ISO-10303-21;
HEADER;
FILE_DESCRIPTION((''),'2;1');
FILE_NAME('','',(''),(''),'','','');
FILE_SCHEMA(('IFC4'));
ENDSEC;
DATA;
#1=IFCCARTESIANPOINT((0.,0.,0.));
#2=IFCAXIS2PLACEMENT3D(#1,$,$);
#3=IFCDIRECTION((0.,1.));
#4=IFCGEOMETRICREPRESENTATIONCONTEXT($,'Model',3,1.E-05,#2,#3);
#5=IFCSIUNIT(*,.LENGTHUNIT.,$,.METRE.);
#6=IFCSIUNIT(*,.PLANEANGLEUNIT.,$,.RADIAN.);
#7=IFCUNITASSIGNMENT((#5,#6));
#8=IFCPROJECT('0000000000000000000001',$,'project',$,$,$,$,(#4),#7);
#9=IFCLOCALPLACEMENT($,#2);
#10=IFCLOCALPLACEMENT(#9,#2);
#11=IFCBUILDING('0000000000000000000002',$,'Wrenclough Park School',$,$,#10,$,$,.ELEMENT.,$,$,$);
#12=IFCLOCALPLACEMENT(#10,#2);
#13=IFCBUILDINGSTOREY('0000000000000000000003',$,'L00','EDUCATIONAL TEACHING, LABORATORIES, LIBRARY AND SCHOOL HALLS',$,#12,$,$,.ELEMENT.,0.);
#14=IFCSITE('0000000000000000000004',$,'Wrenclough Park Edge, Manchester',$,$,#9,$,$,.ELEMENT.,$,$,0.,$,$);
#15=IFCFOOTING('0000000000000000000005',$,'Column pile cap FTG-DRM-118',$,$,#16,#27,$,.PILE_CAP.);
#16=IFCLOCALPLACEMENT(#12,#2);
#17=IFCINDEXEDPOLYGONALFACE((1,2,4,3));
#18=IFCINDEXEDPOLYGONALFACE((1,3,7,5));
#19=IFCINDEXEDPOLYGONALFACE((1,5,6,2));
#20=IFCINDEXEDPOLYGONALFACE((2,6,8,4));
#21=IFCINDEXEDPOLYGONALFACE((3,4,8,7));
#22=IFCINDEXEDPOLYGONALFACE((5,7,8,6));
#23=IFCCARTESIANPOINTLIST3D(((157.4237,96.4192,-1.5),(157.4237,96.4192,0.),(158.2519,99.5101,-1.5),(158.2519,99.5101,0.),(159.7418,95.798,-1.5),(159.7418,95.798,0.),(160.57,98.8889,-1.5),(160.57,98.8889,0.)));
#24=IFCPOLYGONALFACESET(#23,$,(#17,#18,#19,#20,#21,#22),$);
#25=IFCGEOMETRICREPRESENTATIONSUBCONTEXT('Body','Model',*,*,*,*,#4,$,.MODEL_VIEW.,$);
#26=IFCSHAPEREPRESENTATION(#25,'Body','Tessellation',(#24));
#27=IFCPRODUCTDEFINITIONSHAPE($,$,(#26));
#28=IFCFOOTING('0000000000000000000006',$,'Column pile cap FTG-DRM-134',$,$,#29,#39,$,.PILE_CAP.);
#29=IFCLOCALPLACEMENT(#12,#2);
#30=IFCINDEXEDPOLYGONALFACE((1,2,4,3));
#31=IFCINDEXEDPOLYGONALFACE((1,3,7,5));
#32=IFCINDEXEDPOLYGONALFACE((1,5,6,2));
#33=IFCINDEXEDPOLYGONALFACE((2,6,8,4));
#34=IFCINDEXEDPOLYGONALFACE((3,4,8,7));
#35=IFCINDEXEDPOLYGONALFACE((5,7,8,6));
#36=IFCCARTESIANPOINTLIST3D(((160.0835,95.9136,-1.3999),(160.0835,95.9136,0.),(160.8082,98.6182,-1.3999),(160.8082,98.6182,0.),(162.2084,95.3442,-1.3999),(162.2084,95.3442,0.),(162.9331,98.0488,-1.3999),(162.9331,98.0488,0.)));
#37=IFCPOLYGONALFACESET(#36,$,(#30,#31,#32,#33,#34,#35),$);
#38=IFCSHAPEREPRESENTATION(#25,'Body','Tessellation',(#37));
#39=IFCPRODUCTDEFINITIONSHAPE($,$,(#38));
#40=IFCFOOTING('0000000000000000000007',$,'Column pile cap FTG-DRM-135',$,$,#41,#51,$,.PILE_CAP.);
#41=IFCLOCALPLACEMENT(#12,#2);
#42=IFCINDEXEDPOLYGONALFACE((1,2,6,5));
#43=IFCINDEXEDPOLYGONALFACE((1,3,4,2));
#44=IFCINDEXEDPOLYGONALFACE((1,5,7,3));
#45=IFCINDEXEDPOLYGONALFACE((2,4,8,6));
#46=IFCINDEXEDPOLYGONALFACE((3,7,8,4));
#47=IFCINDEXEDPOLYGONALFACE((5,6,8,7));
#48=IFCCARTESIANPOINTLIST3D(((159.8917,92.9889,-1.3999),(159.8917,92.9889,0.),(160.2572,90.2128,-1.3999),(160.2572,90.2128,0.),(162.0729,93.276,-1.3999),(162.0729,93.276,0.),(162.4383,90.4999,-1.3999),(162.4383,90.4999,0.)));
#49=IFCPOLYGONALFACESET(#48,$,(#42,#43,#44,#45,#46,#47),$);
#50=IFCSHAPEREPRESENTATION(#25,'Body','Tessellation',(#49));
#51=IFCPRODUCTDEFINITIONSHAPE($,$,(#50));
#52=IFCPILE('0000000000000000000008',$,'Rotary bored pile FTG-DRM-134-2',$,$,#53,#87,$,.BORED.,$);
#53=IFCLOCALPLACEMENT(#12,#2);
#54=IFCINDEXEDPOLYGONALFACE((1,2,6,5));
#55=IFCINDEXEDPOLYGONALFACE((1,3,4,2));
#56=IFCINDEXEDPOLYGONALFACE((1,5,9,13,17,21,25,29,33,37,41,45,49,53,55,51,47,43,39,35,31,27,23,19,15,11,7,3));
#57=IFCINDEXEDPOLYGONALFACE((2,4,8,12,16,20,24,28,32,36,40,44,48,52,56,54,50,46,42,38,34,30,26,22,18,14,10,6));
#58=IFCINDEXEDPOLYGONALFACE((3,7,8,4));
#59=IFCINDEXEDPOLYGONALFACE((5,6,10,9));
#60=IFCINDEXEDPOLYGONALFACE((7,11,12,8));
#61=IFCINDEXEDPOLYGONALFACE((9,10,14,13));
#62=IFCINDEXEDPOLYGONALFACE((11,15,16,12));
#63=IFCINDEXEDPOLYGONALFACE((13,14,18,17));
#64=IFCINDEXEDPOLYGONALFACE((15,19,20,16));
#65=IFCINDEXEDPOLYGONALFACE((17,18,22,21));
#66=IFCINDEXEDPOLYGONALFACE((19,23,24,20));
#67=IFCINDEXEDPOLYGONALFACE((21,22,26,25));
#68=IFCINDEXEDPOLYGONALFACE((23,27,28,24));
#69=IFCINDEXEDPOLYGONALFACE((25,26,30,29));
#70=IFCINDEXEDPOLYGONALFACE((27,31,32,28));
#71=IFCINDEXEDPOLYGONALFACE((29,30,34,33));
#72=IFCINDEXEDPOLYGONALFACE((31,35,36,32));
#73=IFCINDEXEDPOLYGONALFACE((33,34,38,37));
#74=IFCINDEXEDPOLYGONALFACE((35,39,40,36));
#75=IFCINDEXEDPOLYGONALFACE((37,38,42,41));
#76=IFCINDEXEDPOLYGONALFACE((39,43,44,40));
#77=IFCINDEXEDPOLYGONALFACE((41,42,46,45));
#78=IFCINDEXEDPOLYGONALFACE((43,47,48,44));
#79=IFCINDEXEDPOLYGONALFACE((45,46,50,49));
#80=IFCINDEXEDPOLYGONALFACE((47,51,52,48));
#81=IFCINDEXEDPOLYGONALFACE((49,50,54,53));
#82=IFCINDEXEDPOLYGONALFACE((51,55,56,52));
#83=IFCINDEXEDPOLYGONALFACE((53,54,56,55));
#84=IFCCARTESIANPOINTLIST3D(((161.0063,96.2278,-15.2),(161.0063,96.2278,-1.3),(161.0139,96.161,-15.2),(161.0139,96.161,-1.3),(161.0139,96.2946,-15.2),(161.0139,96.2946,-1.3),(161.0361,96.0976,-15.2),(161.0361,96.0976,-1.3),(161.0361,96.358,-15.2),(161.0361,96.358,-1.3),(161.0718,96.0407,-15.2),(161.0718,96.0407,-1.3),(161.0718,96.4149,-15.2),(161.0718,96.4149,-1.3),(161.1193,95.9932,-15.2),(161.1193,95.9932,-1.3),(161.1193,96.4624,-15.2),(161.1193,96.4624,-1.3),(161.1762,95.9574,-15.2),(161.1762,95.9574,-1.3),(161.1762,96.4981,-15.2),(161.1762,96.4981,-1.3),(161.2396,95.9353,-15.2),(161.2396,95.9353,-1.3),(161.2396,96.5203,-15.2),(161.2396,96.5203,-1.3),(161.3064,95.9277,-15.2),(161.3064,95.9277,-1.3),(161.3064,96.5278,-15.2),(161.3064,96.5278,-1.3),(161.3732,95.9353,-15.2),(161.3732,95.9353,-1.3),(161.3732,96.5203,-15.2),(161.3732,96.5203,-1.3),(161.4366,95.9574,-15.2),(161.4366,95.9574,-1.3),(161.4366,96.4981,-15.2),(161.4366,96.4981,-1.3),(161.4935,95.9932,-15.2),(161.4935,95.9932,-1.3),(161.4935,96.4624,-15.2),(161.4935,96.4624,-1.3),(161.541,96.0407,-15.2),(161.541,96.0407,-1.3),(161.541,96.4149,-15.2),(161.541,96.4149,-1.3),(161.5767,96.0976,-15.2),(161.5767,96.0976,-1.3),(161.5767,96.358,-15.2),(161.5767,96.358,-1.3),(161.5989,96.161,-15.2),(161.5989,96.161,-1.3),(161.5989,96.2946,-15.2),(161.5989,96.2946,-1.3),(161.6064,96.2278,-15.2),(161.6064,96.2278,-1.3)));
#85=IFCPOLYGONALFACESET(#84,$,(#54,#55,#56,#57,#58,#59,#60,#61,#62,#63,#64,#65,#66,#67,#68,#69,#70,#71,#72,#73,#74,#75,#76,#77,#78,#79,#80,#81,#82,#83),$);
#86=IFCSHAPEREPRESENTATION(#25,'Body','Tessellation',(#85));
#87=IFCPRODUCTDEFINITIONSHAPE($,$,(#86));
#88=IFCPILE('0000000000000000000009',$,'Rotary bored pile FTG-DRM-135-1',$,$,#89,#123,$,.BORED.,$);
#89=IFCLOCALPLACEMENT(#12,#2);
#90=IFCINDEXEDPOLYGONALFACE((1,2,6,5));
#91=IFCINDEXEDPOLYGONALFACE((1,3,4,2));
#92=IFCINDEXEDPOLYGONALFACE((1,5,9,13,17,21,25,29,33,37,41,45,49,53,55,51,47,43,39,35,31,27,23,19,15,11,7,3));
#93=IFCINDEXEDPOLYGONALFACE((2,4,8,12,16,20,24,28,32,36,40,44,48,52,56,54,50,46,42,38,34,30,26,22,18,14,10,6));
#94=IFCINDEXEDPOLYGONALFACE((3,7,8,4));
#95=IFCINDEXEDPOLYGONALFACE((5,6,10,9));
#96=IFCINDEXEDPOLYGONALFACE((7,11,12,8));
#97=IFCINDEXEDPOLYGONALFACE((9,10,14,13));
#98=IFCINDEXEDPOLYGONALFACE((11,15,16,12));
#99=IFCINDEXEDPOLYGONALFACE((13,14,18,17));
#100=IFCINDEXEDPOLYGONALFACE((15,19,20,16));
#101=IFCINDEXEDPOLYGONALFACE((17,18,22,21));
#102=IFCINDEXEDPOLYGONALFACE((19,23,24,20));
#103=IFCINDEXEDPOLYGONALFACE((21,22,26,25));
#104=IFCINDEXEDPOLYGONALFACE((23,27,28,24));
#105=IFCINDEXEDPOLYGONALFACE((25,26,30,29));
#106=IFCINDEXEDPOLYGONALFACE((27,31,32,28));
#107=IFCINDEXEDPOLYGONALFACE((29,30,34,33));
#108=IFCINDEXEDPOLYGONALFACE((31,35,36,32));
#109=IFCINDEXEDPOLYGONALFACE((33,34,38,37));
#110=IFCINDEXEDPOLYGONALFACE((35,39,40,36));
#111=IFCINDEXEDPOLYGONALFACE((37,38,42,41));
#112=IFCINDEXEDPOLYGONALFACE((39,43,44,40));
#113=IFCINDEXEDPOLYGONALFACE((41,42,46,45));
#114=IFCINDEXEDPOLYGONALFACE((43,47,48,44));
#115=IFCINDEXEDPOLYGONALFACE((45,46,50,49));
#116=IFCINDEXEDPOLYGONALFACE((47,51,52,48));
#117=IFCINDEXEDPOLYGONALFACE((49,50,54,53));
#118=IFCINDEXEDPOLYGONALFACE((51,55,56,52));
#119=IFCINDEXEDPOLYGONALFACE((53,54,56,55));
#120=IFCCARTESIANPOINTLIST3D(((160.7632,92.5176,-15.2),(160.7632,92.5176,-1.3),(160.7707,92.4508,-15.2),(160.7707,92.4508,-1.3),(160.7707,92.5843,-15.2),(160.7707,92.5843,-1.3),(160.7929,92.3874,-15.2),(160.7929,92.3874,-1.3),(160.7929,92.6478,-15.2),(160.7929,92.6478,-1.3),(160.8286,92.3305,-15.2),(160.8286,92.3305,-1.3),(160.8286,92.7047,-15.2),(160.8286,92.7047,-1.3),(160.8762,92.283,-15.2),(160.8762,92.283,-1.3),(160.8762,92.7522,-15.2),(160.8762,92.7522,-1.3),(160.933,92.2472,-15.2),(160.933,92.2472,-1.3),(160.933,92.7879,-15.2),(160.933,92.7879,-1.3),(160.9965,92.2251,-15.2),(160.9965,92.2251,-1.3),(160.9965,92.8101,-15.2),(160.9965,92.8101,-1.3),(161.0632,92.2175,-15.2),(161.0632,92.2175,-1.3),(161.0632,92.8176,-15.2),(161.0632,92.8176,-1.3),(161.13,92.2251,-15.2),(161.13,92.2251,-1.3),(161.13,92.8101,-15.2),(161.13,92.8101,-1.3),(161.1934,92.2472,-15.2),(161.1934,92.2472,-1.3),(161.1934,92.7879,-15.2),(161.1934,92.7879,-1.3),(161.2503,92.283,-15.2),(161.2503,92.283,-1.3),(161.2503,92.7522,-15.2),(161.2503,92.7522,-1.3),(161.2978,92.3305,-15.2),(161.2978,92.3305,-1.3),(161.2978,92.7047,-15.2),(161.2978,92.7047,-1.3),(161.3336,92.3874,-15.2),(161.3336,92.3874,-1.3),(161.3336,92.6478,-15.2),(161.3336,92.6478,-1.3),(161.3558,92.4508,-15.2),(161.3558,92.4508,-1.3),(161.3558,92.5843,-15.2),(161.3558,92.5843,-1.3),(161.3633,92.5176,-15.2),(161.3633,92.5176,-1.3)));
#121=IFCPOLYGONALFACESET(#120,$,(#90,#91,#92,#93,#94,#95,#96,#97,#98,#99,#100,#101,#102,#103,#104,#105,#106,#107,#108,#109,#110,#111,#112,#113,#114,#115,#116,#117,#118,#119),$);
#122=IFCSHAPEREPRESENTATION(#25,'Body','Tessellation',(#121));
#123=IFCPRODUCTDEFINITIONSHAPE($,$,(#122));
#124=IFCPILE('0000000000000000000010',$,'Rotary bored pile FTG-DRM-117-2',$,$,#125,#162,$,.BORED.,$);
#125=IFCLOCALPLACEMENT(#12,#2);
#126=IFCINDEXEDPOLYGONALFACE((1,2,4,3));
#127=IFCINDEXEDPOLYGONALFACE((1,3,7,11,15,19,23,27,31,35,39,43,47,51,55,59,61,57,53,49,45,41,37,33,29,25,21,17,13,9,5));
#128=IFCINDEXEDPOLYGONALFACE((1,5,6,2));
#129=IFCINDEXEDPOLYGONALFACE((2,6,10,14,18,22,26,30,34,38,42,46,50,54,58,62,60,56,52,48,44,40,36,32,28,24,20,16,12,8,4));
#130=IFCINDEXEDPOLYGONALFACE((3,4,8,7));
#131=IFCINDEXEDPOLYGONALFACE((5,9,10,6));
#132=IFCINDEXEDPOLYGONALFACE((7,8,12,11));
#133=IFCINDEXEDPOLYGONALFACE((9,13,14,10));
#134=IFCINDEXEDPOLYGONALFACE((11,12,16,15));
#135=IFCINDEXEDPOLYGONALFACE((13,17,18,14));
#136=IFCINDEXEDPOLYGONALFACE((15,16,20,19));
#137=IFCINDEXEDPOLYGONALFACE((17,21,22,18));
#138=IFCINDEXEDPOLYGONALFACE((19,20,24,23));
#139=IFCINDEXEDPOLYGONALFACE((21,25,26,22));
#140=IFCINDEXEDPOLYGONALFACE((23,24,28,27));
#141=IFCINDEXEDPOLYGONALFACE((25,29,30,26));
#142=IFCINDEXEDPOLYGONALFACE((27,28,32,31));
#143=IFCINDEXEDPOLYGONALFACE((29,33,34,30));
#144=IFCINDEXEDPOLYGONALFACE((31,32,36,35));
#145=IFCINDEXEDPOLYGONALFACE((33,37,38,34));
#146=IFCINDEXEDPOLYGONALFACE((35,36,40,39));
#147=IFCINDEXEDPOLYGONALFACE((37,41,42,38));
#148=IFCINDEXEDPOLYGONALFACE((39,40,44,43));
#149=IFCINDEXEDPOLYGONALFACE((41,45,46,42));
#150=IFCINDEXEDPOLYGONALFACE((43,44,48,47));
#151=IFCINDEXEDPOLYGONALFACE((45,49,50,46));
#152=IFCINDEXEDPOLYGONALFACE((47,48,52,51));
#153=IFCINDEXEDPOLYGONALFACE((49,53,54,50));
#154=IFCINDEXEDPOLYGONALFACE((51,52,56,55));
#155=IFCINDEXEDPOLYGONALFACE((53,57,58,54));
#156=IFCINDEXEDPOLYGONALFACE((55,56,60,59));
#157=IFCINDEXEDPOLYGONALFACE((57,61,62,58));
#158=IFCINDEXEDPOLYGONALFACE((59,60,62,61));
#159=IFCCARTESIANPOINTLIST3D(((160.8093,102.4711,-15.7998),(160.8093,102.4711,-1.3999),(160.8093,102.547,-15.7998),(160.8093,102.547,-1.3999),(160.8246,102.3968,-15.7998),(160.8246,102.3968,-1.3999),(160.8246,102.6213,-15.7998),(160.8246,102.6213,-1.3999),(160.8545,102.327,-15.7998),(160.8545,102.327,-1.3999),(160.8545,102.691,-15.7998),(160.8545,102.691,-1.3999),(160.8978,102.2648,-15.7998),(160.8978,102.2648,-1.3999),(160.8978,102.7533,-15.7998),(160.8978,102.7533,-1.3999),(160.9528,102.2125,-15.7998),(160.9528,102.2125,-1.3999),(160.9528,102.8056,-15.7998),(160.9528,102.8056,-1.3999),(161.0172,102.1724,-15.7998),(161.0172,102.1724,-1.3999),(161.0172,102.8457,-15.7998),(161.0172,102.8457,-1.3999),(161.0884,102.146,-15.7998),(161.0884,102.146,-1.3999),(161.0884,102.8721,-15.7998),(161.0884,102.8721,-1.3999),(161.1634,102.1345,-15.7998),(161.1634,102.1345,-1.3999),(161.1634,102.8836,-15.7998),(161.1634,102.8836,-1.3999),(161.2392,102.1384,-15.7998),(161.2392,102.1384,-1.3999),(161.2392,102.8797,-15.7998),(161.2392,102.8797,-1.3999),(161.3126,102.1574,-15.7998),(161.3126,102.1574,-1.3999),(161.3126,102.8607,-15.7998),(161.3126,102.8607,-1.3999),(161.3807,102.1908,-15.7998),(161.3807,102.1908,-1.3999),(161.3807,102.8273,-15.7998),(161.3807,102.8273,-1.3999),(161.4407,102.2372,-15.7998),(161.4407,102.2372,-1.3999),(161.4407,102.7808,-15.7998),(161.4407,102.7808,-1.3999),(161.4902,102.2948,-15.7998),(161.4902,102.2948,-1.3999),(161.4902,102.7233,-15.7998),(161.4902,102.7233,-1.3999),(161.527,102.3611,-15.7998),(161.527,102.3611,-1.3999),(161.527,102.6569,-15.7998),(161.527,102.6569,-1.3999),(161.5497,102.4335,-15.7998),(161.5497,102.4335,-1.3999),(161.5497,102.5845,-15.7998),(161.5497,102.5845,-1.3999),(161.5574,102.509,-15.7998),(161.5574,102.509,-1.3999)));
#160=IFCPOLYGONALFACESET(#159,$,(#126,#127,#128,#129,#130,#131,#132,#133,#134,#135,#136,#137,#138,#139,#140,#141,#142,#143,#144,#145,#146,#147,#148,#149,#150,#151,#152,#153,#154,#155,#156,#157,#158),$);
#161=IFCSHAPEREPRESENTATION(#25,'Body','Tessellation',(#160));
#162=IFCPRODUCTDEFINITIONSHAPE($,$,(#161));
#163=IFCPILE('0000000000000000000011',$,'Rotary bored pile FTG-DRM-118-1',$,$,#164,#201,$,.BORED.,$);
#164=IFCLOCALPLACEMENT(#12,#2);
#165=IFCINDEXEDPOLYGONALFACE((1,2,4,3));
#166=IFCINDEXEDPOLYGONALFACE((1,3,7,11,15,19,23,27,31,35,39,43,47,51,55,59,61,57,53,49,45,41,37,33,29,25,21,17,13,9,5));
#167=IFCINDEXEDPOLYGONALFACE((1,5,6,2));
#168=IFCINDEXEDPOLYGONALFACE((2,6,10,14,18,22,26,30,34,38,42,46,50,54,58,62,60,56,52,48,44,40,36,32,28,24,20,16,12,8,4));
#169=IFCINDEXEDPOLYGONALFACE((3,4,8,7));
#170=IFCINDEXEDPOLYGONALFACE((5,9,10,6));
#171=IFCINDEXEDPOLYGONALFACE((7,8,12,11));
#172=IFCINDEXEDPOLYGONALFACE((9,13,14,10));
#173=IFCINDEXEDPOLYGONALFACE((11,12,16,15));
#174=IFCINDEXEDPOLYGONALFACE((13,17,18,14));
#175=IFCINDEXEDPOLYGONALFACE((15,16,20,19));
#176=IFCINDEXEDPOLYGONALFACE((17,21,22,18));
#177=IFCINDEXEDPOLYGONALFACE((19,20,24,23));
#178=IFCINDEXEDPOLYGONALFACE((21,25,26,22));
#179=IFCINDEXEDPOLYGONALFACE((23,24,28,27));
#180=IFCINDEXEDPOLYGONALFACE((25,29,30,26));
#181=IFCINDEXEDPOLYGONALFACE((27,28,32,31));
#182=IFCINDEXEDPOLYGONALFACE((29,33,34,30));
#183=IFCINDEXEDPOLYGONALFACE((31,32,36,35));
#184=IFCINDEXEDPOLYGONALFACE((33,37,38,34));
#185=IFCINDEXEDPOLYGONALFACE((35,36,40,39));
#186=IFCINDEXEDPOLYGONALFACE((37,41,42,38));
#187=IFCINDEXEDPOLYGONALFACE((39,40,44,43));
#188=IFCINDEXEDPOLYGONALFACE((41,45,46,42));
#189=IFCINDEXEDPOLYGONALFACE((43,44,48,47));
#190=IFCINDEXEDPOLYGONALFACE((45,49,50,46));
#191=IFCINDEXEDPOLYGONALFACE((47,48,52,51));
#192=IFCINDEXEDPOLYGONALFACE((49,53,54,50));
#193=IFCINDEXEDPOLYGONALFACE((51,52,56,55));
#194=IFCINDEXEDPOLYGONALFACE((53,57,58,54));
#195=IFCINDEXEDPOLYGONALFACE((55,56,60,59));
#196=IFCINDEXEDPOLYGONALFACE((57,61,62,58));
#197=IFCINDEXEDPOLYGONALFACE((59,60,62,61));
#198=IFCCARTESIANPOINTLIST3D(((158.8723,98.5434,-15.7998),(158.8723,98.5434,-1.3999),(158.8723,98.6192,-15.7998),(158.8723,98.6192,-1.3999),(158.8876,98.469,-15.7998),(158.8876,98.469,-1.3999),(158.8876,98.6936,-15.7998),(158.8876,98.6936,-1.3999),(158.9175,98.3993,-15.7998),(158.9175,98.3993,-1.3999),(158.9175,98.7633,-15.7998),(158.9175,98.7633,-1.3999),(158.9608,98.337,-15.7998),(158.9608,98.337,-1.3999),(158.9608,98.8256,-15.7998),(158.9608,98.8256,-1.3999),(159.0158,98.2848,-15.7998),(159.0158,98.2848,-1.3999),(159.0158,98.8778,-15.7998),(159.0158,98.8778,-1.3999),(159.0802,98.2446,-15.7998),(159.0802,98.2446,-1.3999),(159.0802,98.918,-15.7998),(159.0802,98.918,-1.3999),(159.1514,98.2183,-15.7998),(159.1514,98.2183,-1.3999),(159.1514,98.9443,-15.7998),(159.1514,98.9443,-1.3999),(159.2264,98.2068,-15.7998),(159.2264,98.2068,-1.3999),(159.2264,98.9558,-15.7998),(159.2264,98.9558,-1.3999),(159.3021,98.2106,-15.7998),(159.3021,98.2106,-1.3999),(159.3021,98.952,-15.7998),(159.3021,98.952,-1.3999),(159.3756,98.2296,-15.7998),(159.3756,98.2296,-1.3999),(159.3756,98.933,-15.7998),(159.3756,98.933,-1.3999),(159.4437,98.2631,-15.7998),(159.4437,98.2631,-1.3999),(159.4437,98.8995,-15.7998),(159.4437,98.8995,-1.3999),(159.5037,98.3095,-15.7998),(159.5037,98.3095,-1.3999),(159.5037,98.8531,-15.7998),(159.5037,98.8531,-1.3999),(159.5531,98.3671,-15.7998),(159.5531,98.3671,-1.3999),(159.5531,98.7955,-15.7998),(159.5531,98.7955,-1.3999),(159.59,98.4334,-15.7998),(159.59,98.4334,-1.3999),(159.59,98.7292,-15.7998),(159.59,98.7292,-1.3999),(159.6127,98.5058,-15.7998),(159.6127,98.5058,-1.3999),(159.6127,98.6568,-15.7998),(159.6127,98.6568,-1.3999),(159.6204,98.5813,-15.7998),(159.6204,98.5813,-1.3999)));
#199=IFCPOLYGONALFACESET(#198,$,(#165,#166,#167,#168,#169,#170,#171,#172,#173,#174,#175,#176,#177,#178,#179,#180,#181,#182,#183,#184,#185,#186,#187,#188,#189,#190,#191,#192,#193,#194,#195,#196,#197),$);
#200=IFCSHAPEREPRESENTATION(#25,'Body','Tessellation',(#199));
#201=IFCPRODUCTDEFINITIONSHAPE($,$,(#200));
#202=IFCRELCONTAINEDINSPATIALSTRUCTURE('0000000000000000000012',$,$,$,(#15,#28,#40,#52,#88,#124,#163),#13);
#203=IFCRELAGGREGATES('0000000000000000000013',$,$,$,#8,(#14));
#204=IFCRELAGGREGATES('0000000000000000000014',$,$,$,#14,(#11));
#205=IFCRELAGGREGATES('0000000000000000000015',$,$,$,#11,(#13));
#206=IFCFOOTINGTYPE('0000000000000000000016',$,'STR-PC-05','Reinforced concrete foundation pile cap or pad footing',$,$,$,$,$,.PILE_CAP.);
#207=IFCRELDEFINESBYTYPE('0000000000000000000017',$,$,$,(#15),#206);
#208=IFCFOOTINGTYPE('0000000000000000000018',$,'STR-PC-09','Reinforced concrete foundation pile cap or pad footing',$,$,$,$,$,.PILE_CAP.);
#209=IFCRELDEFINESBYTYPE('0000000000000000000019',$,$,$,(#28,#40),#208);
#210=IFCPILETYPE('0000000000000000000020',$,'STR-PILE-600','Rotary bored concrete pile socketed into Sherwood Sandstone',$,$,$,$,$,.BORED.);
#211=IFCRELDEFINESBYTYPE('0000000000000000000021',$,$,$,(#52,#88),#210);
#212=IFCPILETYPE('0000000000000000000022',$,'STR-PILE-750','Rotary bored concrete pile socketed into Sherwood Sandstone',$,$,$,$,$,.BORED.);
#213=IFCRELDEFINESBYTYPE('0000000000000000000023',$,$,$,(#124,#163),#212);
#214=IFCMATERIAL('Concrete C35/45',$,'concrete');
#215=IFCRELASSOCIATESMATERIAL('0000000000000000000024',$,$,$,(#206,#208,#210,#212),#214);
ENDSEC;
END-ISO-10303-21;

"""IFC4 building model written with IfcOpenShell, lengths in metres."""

from ifc_helpers import new_model, si_unit, direction, frame, origin, origin_2d, place, context, subcontext, project, spatial, rectangle, circle, extrude, material, material_profile, profile_set, type_object, element, save


model = new_model("IFC4")

# Units and contexts
model_context = context("Model", 3, precision=1e-05, world=origin(), true_north=direction((0.0, 1.0)))
body_context = subcontext(model_context, "Body", "Model", "MODEL_VIEW")
ifc_project = project(units=[si_unit("LENGTHUNIT", "METRE"), si_unit("PLANEANGLEUNIT", "RADIAN")], contexts=[model_context])

# Site, building, storey
site_placement = place(None, origin())
site = spatial("IfcSite", under=ifc_project, at=site_placement, Name="Wrenclough Park Edge, Manchester", CompositionType="ELEMENT", RefElevation=0.0)
building_placement = place(site_placement, origin())
building = spatial("IfcBuilding", under=site, at=building_placement, Name="Wrenclough Park School", CompositionType="ELEMENT")
storey_placement = place(building_placement, origin())
storey = spatial("IfcBuildingStorey", under=building, at=storey_placement, Name="L00", Description="EDUCATIONAL TEACHING, LABORATORIES, LIBRARY AND SCHOOL HALLS", CompositionType="ELEMENT", Elevation=0.0)

# Footings
ifc_material_1 = material(Name="Concrete C35/45", Category="concrete")
footing_type_1 = type_object("IfcFootingType", Name="STR-PC-05", Description="Reinforced concrete foundation pile cap or pad footing", PredefinedType="PILE_CAP", material=ifc_material_1)
footing_placement = place(storey_placement, frame((158.9968, 97.6541, -1.5), z_axis=(0.0, 0.0, 1.0), x_axis=(-0.258819, -0.965926, 0.0)))
element("IfcFooting", 1, at=footing_placement, inside=storey, type_object=footing_type_1, Name="Column pile cap FTG-DRM-118", PredefinedType="PILE_CAP", context=body_context, shape_type="SweptSolid", body=[
    extrude(rectangle(XDim=3.2, YDim=2.3999, at=origin_2d()), origin(), (0.0, 0.0, 1.0), 1.5),
])
footing_type_2 = type_object("IfcFootingType", Name="STR-PC-09", Description="Reinforced concrete foundation pile cap or pad footing", PredefinedType="PILE_CAP", material=ifc_material_1)
for number, where, z_axis, x_axis, name in (
    (2, (161.5083, 96.9812, -1.3999), (0.0, 0.0, 1.0), (-0.258819, -0.965926, 0.0), "Column pile cap FTG-DRM-134"),
    (3, (161.165, 91.7444, -1.3999), (0.0, 0.0, 1.0), (0.130526, -0.991445, 0.0), "Column pile cap FTG-DRM-135"),
):
    element("IfcFooting", number, at=place(storey_placement, frame(where, z_axis=z_axis, x_axis=x_axis)), inside=storey, type_object=footing_type_2, Name=name, PredefinedType="PILE_CAP", context=body_context, shape_type="SweptSolid", body=[
        extrude(rectangle(XDim=2.8, YDim=2.2, at=origin_2d()), origin(), (0.0, 0.0, 1.0), 1.3999),
    ])

# Piles
ifc_material_profile_1 = material_profile(ifc_material_1, circle(Radius=0.3, at=origin_2d()), Name="BORED PILE D600")
ifc_profile_set_1 = profile_set([ifc_material_profile_1], Name="Concrete C35/45")
pile_type_1 = type_object("IfcPileType", Name="STR-PILE-600", Description="Rotary bored concrete pile socketed into Sherwood Sandstone", PredefinedType="BORED", material=ifc_profile_set_1)
for number, where, z_axis, x_axis, name in (
    (4, (161.3064, 96.2278, -1.3), (0.0, 0.0, -1.0), (1.0, 0.0, 0.0), "Rotary bored pile FTG-DRM-134-2"),
    (5, (161.0632, 92.5176, -1.3), (0.0, 0.0, -1.0), (1.0, 0.0, 0.0), "Rotary bored pile FTG-DRM-135-1"),
):
    element("IfcPile", number, at=place(storey_placement, frame(where, z_axis=z_axis, x_axis=x_axis)), inside=storey, type_object=pile_type_1, Name=name, PredefinedType="BORED", context=body_context, shape_type="SweptSolid", body=[
        extrude(circle(Radius=0.3, at=origin_2d()), origin(), (0.0, 0.0, 1.0), 13.8999),
    ])
ifc_material_profile_2 = material_profile(ifc_material_1, circle(Radius=0.375, at=origin_2d()), Name="BORED PILE D750")
ifc_profile_set_2 = profile_set([ifc_material_profile_2], Name="Concrete C35/45")
pile_type_2 = type_object("IfcPileType", Name="STR-PILE-750", Description="Rotary bored concrete pile socketed into Sherwood Sandstone", PredefinedType="BORED", material=ifc_profile_set_2)
for number, where, z_axis, x_axis, name in (
    (6, (161.1824, 102.509, -1.3999), (0.0, 0.0, -1.0), (1.0, 0.0, 0.0), "Rotary bored pile FTG-DRM-117-2"),
    (7, (159.2454, 98.5813, -1.3999), (0.0, 0.0, -1.0), (1.0, 0.0, 0.0), "Rotary bored pile FTG-DRM-118-1"),
):
    element("IfcPile", number, at=place(storey_placement, frame(where, z_axis=z_axis, x_axis=x_axis)), inside=storey, type_object=pile_type_2, Name=name, PredefinedType="BORED", context=body_context, shape_type="SweptSolid", body=[
        extrude(circle(Radius=0.375, at=origin_2d()), origin(), (0.0, 0.0, 1.0), 14.3999),
    ])

save(model, "model.ifc")
